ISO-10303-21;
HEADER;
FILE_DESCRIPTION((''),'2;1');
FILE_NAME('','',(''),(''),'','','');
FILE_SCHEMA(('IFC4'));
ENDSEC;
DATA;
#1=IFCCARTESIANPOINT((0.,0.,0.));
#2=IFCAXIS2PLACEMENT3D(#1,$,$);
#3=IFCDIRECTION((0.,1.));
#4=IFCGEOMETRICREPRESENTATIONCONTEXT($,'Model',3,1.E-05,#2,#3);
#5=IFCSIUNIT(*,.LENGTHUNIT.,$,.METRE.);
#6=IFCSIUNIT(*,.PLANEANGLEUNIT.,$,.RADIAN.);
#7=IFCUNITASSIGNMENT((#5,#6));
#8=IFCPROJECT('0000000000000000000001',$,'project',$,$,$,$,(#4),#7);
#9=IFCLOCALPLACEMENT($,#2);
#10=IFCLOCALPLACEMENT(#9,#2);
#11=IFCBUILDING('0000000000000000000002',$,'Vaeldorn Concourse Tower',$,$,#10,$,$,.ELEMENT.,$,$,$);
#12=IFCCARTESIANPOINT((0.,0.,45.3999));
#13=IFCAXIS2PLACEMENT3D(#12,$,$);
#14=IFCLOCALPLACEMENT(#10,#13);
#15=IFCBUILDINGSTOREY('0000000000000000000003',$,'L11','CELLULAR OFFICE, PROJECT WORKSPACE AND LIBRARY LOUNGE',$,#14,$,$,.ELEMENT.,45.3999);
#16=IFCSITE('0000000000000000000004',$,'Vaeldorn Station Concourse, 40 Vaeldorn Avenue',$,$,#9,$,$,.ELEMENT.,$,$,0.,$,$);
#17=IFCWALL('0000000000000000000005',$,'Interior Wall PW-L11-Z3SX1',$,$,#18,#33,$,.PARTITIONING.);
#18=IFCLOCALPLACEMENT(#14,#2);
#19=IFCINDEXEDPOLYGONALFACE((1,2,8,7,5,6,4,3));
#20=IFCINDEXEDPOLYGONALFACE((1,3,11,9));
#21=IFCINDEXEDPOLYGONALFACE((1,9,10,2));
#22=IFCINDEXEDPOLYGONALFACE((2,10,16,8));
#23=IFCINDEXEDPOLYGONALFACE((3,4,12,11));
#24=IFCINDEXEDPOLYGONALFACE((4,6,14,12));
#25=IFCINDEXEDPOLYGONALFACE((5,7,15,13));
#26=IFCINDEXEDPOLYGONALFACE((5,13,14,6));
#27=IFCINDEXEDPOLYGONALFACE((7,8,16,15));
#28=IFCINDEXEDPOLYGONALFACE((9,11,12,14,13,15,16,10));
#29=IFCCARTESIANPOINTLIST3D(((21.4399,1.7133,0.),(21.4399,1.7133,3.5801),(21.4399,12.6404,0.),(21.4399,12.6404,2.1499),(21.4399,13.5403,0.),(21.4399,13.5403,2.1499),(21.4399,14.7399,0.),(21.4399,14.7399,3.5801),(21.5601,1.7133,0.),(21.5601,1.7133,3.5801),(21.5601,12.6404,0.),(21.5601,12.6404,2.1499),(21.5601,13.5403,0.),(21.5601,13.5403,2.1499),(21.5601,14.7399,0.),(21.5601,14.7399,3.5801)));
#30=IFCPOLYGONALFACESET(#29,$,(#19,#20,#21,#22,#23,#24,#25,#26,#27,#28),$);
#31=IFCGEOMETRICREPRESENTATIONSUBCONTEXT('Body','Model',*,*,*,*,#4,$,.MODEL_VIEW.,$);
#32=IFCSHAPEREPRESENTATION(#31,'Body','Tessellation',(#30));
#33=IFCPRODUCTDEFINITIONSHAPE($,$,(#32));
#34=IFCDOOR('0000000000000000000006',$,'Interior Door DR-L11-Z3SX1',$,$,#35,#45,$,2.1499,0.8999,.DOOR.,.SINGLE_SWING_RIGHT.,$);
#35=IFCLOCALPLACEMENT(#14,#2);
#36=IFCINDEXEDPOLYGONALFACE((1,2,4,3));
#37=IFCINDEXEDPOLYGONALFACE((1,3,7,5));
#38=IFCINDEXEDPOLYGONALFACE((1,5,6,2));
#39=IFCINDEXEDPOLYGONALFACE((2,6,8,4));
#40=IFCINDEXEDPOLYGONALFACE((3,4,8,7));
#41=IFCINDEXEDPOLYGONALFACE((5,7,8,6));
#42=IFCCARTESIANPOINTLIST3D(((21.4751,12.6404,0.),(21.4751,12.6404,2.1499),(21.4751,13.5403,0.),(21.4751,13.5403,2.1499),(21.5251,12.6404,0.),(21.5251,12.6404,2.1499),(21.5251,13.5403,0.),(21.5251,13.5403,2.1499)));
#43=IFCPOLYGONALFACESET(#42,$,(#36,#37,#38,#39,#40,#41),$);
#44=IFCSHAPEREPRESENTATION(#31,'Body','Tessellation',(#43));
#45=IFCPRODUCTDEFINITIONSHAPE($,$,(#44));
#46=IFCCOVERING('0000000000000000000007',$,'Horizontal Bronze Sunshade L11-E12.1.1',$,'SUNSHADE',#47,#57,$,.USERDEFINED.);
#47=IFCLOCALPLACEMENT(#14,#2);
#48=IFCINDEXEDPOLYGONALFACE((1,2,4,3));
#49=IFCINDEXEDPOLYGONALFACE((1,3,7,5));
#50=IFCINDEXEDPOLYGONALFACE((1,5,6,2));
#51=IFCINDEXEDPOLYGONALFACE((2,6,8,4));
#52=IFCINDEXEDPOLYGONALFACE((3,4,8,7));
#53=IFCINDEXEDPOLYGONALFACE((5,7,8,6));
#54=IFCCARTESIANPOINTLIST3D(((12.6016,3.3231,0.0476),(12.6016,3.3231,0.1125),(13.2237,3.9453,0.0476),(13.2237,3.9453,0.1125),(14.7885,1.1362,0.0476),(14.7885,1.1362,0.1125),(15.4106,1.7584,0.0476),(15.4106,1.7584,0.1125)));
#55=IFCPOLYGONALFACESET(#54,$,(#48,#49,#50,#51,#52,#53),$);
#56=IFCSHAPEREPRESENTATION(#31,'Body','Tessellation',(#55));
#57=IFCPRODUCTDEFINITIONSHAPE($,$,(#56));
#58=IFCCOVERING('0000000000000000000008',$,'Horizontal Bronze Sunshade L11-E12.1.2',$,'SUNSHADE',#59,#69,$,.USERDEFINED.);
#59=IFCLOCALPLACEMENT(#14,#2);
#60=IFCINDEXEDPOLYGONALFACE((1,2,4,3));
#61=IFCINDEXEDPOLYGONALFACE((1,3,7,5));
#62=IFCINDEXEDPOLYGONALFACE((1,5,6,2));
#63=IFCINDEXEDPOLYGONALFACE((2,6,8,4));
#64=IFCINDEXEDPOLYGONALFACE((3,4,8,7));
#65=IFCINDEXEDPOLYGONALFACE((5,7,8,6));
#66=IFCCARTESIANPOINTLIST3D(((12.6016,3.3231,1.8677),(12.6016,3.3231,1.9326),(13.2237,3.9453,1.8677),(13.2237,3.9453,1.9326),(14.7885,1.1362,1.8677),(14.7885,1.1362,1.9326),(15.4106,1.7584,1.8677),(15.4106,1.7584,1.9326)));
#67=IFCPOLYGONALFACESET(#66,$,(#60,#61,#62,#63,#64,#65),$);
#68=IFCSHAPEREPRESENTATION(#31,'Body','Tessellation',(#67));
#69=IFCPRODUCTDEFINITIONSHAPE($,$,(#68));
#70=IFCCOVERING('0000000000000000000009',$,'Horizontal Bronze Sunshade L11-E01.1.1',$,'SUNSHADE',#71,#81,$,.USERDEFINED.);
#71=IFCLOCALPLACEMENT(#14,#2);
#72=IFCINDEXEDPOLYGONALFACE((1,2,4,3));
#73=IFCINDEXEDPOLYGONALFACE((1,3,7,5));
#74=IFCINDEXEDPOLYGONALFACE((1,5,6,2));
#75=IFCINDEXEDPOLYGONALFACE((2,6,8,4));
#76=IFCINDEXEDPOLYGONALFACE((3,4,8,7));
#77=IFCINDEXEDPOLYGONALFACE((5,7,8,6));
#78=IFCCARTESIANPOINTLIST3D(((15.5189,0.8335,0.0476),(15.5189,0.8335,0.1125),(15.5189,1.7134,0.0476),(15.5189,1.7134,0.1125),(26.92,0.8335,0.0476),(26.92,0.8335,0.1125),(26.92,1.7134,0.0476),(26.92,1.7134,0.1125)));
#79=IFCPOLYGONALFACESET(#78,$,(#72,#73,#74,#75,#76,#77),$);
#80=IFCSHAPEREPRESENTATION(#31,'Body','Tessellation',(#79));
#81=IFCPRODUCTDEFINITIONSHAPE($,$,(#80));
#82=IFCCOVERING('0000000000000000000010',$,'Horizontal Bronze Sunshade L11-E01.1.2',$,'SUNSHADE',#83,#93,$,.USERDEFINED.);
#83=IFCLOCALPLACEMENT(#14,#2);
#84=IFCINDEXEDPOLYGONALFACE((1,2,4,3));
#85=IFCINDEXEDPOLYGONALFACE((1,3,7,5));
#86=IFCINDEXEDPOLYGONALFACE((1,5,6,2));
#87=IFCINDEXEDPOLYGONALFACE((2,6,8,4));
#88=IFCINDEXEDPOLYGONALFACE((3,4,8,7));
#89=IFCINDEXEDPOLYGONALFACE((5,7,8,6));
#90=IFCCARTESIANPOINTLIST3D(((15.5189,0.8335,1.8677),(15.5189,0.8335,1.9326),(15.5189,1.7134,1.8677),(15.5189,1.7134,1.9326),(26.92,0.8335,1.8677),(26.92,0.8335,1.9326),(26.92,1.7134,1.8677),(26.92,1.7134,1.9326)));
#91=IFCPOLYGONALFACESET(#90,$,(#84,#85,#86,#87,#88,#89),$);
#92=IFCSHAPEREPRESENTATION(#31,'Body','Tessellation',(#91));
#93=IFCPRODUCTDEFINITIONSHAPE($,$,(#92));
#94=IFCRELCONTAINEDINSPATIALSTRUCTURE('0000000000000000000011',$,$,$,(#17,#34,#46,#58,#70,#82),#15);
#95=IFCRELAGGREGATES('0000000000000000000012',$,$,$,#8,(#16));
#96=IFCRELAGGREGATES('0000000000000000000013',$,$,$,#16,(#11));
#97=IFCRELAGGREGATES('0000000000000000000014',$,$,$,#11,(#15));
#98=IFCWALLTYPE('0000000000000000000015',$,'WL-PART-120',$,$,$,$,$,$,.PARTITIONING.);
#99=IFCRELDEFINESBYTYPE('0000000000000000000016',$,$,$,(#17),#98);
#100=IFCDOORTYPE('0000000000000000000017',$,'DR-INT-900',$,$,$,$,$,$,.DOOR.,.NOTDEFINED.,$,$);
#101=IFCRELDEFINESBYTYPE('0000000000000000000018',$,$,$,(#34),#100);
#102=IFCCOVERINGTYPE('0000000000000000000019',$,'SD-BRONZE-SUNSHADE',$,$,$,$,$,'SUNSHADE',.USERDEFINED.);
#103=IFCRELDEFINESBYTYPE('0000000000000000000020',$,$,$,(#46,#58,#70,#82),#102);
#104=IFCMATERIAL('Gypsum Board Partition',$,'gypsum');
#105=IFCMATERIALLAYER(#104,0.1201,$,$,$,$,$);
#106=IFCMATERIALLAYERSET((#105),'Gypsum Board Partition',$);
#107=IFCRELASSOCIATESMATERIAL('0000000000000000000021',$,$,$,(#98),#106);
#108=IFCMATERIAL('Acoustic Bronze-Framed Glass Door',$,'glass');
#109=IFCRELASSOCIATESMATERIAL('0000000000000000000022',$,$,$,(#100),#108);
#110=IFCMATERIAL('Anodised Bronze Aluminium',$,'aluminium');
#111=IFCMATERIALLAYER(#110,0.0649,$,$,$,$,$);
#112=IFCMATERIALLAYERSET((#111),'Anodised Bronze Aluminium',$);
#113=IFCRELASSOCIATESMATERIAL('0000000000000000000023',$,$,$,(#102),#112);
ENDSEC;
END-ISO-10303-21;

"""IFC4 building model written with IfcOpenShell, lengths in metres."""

from ifc_helpers import new_model, si_unit, direction, frame, frame_2d, origin, origin_2d, place, context, subcontext, project, spatial, rectangle, extrude, source, transform, mapped, material, layer, layer_set, type_object, element, fill, save


model = new_model("IFC4")

# Units and contexts
model_context = context("Model", 3, precision=1e-05, world=origin(), true_north=direction((0.0, 1.0)))
body_context = subcontext(model_context, "Body", "Model", "MODEL_VIEW")
ifc_project = project(units=[si_unit("LENGTHUNIT", "METRE"), si_unit("PLANEANGLEUNIT", "RADIAN")], contexts=[model_context])

# Site, building, storey
site_placement = place(None, origin())
site = spatial("IfcSite", under=ifc_project, at=site_placement, Name="Vaeldorn Station Concourse, 40 Vaeldorn Avenue", CompositionType="ELEMENT", RefElevation=0.0)
building_placement = place(site_placement, origin())
building = spatial("IfcBuilding", under=site, at=building_placement, Name="Vaeldorn Concourse Tower", CompositionType="ELEMENT")
storey_placement = place(building_placement, frame((0.0, 0.0, 45.3999)))
storey = spatial("IfcBuildingStorey", under=building, at=storey_placement, Name="L11", Description="CELLULAR OFFICE, PROJECT WORKSPACE AND LIBRARY LOUNGE", CompositionType="ELEMENT", Elevation=45.3999)

# Shared definitions
ifc_material_1 = material(Name="Anodised Bronze Aluminium", Category="aluminium")

# Wall, opening, door
ifc_material_2 = material(Name="Gypsum Board Partition", Category="gypsum")
ifc_layer_1 = layer(ifc_material_2, 0.1201)
ifc_layer_set_1 = layer_set([ifc_layer_1], Name="Gypsum Board Partition")
wall_type = type_object("IfcWallType", Name="WL-PART-120", PredefinedType="PARTITIONING", material=ifc_layer_set_1)
wall_placement = place(storey_placement, frame((21.5, 1.7134, 0.0), z_axis=(0.0, 0.0, 1.0), x_axis=(0.0, 1.0, 0.0)))
wall = element("IfcWall", 1, at=wall_placement, inside=storey, type_object=wall_type, Name="Interior Wall PW-L11-Z3SX1", PredefinedType="PARTITIONING", context=body_context, shape_type="SweptSolid", body=[
    extrude(rectangle(XDim=13.0266, YDim=0.1201, at=frame_2d((6.5132, 0.0))), origin(), (0.0, 0.0, 1.0), 3.5801),
])
opening_placement = place(wall_placement, frame((10.927, 0.0, 0.0)))
opening = element("IfcOpeningElement", 2, at=opening_placement, cuts=wall, PredefinedType="OPENING", context=body_context, shape_type="SweptSolid", body=[
    extrude(rectangle(XDim=0.8999, YDim=2.1499, at=frame_2d((0.45, 1.075))), frame((0.0, 0.0701, 0.0), z_axis=(0.0, -1.0, 0.0), x_axis=(1.0, 0.0, 0.0)), (0.0, 0.0, 1.0), 0.1401),
])
ifc_material_3 = material(Name="Acoustic Bronze-Framed Glass Door", Category="glass")
door_type = type_object("IfcDoorType", Name="DR-INT-900", OperationType="NOTDEFINED", PredefinedType="DOOR", material=ifc_material_3)
shared_shape_1 = source(origin(), body_context, "Body", "SweptSolid", [
    extrude(rectangle(XDim=0.8999, YDim=2.1499, at=frame_2d((0.45, 1.075))), frame((0.0, 0.0249, 0.0), z_axis=(0.0, -1.0, 0.0), x_axis=(1.0, 0.0, 0.0)), (0.0, 0.0, 1.0), 0.05),
])
door_placement = place(opening_placement, origin())
door = element("IfcDoor", 3, at=door_placement, inside=storey, type_object=door_type, Name="Interior Door DR-L11-Z3SX1", OperationType="SINGLE_SWING_RIGHT", OverallHeight=2.1499, OverallWidth=0.8999, PredefinedType="DOOR", context=body_context, shape_type="MappedRepresentation", body=[
    mapped(shared_shape_1, transform((0.0, 0.0, 0.0), scale=1.0)),
])
fill(opening, door)

# Coverings
ifc_layer_2 = layer(ifc_material_1, 0.0649)
ifc_layer_set_2 = layer_set([ifc_layer_2], Name="Anodised Bronze Aluminium")
covering_type = type_object("IfcCoveringType", Name="SD-BRONZE-SUNSHADE", ElementType="SUNSHADE", PredefinedType="USERDEFINED", material=ifc_layer_set_2)
shared_shape_2 = source(origin(), body_context, "Body", "SweptSolid", [
    extrude(rectangle(XDim=3.0928, YDim=0.8799, at=origin_2d()), origin(), (0.0, 0.0, 1.0), 0.0649),
])
for number, where, z_axis, x_axis, name in (
    (4, (14.0061, 2.5408, 0.0476), (0.0, 0.0, 1.0), (0.707107, -0.707107, 0.0), "Horizontal Bronze Sunshade L11-E12.1.1"),
    (5, (14.0061, 2.5408, 1.8677), (0.0, 0.0, 1.0), (0.707107, -0.707107, 0.0), "Horizontal Bronze Sunshade L11-E12.1.2"),
):
    element("IfcCovering", number, at=place(storey_placement, frame(where, z_axis=z_axis, x_axis=x_axis)), inside=storey, type_object=covering_type, Name=name, ObjectType="SUNSHADE", PredefinedType="USERDEFINED", context=body_context, shape_type="MappedRepresentation", body=[
        mapped(shared_shape_2, transform((0.0, 0.0, 0.0), scale=1.0)),
    ])
shared_shape_3 = source(origin(), body_context, "Body", "SweptSolid", [
    extrude(rectangle(XDim=11.4011, YDim=0.8799, at=origin_2d()), origin(), (0.0, 0.0, 1.0), 0.0649),
])
for number, where, z_axis, x_axis, name in (
    (6, (21.2195, 1.2734, 0.0476), (0.0, 0.0, 1.0), (1.0, 0.0, 0.0), "Horizontal Bronze Sunshade L11-E01.1.1"),
    (7, (21.2195, 1.2734, 1.8677), (0.0, 0.0, 1.0), (1.0, 0.0, 0.0), "Horizontal Bronze Sunshade L11-E01.1.2"),
):
    element("IfcCovering", number, at=place(storey_placement, frame(where, z_axis=z_axis, x_axis=x_axis)), inside=storey, type_object=covering_type, Name=name, ObjectType="SUNSHADE", PredefinedType="USERDEFINED", context=body_context, shape_type="MappedRepresentation", body=[
        mapped(shared_shape_3, transform((0.0, 0.0, 0.0), scale=1.0)),
    ])

save(model, "model.ifc")
